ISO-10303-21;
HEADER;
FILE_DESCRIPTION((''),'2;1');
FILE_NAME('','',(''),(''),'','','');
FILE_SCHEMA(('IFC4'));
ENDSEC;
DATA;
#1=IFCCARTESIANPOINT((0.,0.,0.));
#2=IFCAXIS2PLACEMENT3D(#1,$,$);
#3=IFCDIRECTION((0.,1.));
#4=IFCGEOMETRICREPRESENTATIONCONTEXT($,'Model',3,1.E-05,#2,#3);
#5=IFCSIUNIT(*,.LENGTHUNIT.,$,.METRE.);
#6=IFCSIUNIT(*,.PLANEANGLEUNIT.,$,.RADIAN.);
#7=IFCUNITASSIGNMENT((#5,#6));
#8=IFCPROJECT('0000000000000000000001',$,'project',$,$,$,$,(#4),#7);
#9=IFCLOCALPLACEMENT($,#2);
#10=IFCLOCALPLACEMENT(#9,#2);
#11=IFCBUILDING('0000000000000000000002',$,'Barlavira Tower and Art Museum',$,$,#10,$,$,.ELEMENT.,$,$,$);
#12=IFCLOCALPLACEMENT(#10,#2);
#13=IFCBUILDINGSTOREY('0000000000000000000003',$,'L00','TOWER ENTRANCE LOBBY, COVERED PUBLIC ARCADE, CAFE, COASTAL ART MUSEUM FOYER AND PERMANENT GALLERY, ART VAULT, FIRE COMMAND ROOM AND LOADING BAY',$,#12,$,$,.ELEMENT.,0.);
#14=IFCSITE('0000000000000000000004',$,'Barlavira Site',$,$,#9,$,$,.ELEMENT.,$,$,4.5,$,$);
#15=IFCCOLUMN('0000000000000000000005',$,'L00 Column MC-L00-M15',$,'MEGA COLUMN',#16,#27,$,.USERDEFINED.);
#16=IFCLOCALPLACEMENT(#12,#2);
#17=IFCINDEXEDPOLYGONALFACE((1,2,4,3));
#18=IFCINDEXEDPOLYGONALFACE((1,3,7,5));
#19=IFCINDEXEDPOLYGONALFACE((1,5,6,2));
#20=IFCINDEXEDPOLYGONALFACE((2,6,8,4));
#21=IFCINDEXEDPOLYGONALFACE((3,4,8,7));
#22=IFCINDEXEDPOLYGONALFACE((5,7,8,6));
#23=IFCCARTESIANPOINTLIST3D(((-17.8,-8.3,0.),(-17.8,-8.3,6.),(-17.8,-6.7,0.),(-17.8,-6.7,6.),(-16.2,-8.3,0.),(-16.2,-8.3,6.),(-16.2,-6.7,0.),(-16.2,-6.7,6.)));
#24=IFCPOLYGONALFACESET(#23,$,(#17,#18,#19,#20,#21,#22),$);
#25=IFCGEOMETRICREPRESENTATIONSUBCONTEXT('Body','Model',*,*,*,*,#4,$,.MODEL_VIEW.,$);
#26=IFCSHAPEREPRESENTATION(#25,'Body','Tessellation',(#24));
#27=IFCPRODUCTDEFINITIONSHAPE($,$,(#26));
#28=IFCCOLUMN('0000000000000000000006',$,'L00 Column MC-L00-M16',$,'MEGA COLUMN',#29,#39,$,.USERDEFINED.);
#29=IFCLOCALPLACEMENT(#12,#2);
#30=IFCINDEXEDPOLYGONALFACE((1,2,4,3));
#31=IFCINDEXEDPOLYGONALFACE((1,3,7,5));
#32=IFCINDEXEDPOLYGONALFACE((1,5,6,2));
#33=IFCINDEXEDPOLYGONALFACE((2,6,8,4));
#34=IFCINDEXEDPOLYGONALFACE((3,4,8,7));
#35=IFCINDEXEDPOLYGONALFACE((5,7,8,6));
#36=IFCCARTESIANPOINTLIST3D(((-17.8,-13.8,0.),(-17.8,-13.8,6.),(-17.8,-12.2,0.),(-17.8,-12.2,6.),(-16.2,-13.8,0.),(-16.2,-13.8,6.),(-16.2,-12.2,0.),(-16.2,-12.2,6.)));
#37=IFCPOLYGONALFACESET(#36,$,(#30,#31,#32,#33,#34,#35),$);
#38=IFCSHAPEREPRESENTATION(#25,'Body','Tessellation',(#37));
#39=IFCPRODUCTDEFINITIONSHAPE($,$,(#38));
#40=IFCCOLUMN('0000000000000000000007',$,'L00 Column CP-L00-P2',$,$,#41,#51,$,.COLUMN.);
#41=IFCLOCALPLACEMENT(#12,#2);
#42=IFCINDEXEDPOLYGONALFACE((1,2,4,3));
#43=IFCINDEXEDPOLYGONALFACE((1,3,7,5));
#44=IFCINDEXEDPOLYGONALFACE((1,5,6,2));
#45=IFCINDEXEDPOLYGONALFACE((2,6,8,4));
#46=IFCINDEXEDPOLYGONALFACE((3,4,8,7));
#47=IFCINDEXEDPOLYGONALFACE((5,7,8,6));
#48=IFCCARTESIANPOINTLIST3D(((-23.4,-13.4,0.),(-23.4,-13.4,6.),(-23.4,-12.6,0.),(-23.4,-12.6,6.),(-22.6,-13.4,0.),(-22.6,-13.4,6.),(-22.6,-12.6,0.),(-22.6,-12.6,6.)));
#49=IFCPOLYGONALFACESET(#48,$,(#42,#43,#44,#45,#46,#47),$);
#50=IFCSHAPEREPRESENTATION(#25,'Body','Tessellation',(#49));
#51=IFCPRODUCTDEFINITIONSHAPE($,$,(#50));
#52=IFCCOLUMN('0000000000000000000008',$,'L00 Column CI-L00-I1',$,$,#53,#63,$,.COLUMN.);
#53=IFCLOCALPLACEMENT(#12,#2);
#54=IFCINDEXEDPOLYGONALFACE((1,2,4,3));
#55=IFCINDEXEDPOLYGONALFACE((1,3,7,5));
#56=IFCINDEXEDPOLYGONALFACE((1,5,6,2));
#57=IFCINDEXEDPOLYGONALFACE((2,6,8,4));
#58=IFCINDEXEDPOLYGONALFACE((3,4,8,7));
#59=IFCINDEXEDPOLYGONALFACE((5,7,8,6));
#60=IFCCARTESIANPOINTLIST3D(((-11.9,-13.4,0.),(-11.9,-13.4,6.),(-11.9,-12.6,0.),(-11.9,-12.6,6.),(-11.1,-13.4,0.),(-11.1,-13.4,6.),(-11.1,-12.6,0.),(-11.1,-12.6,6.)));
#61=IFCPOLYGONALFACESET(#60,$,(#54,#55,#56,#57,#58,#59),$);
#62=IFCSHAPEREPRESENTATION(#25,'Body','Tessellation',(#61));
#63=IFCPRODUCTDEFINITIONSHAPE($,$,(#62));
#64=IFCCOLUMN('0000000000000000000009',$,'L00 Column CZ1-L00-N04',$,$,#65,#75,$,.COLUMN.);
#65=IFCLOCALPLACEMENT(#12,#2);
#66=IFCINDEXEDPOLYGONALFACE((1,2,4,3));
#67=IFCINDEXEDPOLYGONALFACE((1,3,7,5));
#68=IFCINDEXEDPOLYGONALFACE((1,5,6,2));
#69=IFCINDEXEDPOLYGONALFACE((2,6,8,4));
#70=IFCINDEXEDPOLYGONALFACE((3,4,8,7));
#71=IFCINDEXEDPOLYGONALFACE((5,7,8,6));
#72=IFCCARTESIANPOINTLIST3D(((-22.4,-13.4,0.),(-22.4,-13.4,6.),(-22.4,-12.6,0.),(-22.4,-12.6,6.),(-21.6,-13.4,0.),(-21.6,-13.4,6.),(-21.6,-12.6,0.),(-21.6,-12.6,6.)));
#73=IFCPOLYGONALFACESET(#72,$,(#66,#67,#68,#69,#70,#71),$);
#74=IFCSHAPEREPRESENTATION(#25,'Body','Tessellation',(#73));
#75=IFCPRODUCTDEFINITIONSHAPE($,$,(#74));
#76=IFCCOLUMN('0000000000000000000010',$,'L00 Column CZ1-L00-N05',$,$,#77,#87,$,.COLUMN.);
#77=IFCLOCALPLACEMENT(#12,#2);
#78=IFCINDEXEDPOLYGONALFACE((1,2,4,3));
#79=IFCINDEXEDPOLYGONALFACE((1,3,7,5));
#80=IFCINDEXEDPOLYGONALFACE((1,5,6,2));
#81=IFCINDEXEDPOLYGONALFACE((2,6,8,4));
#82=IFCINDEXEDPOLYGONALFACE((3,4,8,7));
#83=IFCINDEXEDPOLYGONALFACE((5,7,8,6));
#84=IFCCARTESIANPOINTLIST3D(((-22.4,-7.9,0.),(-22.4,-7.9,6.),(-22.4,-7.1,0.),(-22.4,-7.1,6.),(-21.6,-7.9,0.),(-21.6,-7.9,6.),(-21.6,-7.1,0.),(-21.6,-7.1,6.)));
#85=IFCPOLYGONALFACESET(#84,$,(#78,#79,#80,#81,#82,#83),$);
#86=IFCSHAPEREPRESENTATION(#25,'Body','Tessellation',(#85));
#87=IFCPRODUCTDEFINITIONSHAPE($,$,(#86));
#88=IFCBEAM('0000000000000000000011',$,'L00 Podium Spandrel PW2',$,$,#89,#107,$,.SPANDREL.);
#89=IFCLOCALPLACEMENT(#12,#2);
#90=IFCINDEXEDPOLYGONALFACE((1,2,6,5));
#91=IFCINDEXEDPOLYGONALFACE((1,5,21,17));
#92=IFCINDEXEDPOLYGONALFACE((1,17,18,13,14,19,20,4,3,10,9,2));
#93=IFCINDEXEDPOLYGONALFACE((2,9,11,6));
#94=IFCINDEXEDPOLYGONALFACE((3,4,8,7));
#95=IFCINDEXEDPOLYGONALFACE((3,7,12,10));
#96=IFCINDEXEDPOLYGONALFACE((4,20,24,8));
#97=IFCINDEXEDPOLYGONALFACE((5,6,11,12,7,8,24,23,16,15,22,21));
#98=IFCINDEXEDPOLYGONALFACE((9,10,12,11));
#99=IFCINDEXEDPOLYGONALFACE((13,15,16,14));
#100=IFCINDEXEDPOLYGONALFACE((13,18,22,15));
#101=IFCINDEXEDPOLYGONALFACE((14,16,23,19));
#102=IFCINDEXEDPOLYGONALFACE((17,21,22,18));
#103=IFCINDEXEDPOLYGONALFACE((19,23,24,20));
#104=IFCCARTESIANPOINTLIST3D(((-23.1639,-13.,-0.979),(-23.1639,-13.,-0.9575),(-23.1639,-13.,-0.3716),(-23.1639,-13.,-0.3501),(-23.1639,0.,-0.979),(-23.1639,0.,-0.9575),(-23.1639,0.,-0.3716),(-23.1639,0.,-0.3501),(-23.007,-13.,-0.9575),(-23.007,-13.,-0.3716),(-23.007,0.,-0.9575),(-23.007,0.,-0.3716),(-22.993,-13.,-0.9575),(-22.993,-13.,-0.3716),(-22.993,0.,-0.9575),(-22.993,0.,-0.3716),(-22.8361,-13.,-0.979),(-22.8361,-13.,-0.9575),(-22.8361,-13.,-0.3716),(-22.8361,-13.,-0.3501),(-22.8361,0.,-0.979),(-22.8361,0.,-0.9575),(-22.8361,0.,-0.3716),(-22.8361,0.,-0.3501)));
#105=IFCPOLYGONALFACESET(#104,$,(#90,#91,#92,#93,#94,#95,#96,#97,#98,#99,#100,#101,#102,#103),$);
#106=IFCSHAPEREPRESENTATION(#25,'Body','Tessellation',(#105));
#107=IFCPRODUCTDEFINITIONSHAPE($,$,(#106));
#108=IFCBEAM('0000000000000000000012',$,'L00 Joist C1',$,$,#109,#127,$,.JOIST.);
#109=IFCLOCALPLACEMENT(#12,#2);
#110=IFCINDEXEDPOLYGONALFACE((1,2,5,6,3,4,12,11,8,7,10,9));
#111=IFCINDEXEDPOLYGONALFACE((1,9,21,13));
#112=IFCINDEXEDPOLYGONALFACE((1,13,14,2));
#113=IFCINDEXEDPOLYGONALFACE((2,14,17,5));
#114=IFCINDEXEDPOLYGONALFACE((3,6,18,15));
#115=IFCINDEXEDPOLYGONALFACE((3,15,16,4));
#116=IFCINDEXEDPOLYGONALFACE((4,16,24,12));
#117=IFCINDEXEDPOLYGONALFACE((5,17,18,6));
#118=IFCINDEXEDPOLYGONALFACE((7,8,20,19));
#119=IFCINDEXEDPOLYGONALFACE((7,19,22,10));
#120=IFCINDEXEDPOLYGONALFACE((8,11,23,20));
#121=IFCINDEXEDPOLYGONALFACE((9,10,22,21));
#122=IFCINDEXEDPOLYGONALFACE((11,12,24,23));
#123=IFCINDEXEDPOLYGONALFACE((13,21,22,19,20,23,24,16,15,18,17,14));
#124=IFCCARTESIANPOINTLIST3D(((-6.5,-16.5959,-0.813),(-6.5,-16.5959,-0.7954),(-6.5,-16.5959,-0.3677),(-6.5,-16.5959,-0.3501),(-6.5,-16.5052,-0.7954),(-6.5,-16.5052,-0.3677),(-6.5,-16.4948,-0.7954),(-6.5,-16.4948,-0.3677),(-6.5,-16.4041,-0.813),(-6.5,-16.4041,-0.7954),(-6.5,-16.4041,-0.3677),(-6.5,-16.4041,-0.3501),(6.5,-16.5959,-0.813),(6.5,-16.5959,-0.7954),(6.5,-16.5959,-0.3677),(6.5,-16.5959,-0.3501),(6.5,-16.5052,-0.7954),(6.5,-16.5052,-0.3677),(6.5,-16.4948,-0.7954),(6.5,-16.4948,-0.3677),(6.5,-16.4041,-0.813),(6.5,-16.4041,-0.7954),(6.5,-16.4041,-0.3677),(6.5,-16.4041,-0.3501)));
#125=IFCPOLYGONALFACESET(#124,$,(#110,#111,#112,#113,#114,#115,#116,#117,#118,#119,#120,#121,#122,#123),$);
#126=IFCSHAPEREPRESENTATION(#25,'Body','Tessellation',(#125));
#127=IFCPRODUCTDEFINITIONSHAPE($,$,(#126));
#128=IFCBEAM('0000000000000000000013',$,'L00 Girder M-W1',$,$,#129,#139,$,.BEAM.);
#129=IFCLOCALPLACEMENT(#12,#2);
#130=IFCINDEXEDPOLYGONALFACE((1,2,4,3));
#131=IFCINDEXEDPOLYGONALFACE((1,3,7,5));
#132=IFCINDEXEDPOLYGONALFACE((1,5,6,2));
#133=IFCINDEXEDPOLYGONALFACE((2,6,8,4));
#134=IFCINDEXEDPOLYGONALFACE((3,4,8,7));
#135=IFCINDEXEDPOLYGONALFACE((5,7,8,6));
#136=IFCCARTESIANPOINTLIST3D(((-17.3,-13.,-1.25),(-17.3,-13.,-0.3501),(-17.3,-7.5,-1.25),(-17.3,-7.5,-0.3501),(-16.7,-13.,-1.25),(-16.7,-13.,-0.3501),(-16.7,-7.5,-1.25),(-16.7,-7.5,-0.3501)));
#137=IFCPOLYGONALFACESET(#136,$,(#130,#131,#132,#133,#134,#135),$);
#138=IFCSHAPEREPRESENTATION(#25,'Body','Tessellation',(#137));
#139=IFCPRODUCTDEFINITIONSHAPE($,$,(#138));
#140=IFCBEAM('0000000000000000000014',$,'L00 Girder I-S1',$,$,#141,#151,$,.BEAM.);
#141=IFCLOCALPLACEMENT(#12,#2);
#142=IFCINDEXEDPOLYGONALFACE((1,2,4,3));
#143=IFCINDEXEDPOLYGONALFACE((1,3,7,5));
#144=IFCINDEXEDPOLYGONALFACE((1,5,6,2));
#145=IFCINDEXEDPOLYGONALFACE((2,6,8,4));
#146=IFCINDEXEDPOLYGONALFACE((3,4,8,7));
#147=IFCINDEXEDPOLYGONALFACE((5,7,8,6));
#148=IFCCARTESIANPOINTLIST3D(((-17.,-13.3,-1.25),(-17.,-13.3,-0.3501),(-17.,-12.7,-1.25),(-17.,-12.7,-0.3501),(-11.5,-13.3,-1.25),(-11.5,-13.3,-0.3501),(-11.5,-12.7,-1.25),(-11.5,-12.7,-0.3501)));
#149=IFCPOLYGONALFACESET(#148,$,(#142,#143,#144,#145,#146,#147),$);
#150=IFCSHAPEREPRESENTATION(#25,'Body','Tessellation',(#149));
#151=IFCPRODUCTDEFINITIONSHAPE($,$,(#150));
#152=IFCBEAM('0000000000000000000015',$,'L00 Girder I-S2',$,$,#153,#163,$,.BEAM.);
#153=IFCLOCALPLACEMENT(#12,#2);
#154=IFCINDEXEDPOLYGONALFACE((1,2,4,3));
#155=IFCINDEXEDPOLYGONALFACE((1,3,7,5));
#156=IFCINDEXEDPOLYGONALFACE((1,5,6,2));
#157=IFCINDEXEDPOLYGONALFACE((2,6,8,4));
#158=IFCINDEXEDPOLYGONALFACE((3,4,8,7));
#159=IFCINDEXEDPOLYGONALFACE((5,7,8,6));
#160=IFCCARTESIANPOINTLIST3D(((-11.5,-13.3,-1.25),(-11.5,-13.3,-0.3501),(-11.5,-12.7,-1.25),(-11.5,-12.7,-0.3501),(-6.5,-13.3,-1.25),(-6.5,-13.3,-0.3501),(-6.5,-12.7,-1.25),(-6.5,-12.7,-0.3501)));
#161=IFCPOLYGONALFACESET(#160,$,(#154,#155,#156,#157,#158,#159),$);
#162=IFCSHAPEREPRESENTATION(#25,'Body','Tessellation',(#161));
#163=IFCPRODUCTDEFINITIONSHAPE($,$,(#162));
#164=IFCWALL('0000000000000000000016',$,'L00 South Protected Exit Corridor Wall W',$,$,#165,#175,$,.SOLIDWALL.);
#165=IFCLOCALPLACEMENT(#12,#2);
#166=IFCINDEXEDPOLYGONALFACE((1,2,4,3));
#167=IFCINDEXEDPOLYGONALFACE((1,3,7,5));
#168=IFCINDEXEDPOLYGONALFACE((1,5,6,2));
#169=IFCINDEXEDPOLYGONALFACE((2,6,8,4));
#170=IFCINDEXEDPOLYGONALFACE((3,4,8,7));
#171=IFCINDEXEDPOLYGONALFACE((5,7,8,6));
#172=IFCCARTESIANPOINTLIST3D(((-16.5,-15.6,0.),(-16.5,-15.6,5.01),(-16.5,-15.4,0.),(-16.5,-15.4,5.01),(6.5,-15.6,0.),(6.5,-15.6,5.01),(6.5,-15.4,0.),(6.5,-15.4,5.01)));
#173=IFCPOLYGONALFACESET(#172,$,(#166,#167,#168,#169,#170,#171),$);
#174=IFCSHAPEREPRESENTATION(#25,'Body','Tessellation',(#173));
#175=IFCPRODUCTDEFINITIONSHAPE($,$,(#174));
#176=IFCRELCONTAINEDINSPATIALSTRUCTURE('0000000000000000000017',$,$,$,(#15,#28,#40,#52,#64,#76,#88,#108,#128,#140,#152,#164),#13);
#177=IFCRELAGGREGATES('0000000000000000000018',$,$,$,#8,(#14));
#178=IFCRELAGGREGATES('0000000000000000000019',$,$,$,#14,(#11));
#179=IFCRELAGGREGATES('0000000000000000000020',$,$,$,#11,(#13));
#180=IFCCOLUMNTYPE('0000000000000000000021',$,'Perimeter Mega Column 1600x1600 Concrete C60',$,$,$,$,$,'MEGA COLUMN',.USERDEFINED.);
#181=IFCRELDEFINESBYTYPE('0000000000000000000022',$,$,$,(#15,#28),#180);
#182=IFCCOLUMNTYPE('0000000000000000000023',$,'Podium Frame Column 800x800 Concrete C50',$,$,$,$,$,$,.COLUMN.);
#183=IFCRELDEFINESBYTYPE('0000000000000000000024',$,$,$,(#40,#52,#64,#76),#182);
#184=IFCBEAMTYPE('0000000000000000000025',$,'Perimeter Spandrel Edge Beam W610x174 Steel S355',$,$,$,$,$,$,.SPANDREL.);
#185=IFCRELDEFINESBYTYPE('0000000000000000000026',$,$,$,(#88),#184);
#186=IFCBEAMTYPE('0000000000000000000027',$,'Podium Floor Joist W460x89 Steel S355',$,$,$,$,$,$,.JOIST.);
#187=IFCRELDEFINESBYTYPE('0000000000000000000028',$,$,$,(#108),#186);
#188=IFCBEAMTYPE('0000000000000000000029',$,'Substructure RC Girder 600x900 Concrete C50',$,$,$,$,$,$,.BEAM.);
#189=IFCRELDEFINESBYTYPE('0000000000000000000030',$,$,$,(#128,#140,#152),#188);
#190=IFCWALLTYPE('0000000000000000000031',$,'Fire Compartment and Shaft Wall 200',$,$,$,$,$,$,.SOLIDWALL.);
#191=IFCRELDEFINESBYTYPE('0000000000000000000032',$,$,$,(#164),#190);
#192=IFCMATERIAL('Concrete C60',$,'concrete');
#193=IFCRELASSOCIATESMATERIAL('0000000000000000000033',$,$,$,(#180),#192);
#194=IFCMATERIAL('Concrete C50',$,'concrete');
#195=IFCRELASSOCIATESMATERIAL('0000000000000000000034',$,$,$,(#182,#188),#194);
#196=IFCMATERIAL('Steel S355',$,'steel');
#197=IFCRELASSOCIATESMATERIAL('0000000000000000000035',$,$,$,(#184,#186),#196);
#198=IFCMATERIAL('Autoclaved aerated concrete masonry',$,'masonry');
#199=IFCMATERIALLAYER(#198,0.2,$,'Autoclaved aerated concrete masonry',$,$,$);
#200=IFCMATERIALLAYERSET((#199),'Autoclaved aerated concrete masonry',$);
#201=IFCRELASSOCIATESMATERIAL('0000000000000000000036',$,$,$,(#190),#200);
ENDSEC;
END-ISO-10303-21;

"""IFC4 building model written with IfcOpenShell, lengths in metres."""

from ifc_helpers import new_model, si_unit, direction, frame, frame_2d, origin, origin_2d, place, context, subcontext, project, spatial, rectangle, i_section, extrude, material, layer, layer_set, material_profile, profile_set, type_object, element, save


model = new_model("IFC4")

# Units and contexts
model_context = context("Model", 3, precision=1e-05, world=origin(), true_north=direction((0.0, 1.0)))
body_context = subcontext(model_context, "Body", "Model", "MODEL_VIEW")
ifc_project = project(units=[si_unit("LENGTHUNIT", "METRE"), si_unit("PLANEANGLEUNIT", "RADIAN")], contexts=[model_context])

# Site, building, storey
site_placement = place(None, origin())
site = spatial("IfcSite", under=ifc_project, at=site_placement, Name="Barlavira Site", CompositionType="ELEMENT", RefElevation=4.5)
building_placement = place(site_placement, origin())
building = spatial("IfcBuilding", under=site, at=building_placement, Name="Barlavira Tower and Art Museum", CompositionType="ELEMENT")
storey_placement = place(building_placement, origin())
storey = spatial("IfcBuildingStorey", under=building, at=storey_placement, Name="L00", Description="TOWER ENTRANCE LOBBY, COVERED PUBLIC ARCADE, CAFE, COASTAL ART MUSEUM FOYER AND PERMANENT GALLERY, ART VAULT, FIRE COMMAND ROOM AND LOADING BAY", CompositionType="ELEMENT", Elevation=0.0)

# Columns
ifc_material_1 = material(Name="Concrete C60", Category="concrete")
ifc_material_profile_1 = material_profile(ifc_material_1, rectangle(XDim=1.6001, YDim=1.6001, at=origin_2d()), Name="RC-MCOL 1600x1600")
ifc_profile_set_1 = profile_set([ifc_material_profile_1], Name="Concrete C60")
column_type_1 = type_object("IfcColumnType", Name="Perimeter Mega Column 1600x1600 Concrete C60", ElementType="MEGA COLUMN", PredefinedType="USERDEFINED", material=ifc_profile_set_1)
for number, where, z_axis, x_axis, name in (
    (1, (-17.0, -7.5, 0.0), (0.0, 0.0, 1.0), (1.0, 0.0, 0.0), "L00 Column MC-L00-M15"),
    (2, (-17.0, -13.0, 0.0), (0.0, 0.0, 1.0), (1.0, 0.0, 0.0), "L00 Column MC-L00-M16"),
):
    element("IfcColumn", number, at=place(storey_placement, frame(where, z_axis=z_axis, x_axis=x_axis)), inside=storey, type_object=column_type_1, Name=name, ObjectType="MEGA COLUMN", PredefinedType="USERDEFINED", context=body_context, shape_type="SweptSolid", body=[
        extrude(rectangle(XDim=1.6001, YDim=1.6001, at=origin_2d()), origin(), (0.0, 0.0, 1.0), 6.0),
    ])
ifc_material_2 = material(Name="Concrete C50", Category="concrete")
ifc_material_profile_2 = material_profile(ifc_material_2, rectangle(XDim=0.8, YDim=0.8, at=origin_2d()), Name="RC-COL 800x800")
ifc_profile_set_2 = profile_set([ifc_material_profile_2], Name="Concrete C50")
column_type_2 = type_object("IfcColumnType", Name="Podium Frame Column 800x800 Concrete C50", PredefinedType="COLUMN", material=ifc_profile_set_2)
for number, where, z_axis, x_axis, name in (
    (3, (-23.0, -13.0, 0.0), (0.0, 0.0, 1.0), (1.0, 0.0, 0.0), "L00 Column CP-L00-P2"),
    (4, (-11.5, -13.0, 0.0), (0.0, 0.0, 1.0), (1.0, 0.0, 0.0), "L00 Column CI-L00-I1"),
    (5, (-22.0, -13.0, 0.0), (0.0, 0.0, 1.0), (1.0, 0.0, 0.0), "L00 Column CZ1-L00-N04"),
    (6, (-22.0, -7.5, 0.0), (0.0, 0.0, 1.0), (1.0, 0.0, 0.0), "L00 Column CZ1-L00-N05"),
):
    element("IfcColumn", number, at=place(storey_placement, frame(where, z_axis=z_axis, x_axis=x_axis)), inside=storey, type_object=column_type_2, Name=name, PredefinedType="COLUMN", context=body_context, shape_type="SweptSolid", body=[
        extrude(rectangle(XDim=0.8, YDim=0.8, at=origin_2d()), origin(), (0.0, 0.0, 1.0), 6.0),
    ])

# Beams
ifc_material_3 = material(Name="Steel S355", Category="steel")
ifc_material_profile_3 = material_profile(ifc_material_3, i_section(OverallWidth=0.3279, OverallDepth=0.6289, WebThickness=0.0139, FlangeThickness=0.0215, at=origin_2d()), Name="W610x174.0")
ifc_profile_set_3 = profile_set([ifc_material_profile_3], Name="Steel S355")
beam_type_1 = type_object("IfcBeamType", Name="Perimeter Spandrel Edge Beam W610x174 Steel S355", PredefinedType="SPANDREL", material=ifc_profile_set_3)
beam_1_placement = place(storey_placement, frame((-23.0, -13.0, -0.6646), z_axis=(0.0, 1.0, 0.0), x_axis=(-1.0, 0.0, 0.0)))
element("IfcBeam", 7, at=beam_1_placement, inside=storey, type_object=beam_type_1, Name="L00 Podium Spandrel PW2", PredefinedType="SPANDREL", context=body_context, shape_type="SweptSolid", body=[
    extrude(i_section(OverallWidth=0.3279, OverallDepth=0.6289, WebThickness=0.0139, FlangeThickness=0.0215, at=origin_2d()), origin(), (0.0, 0.0, 1.0), 13.0),
])
ifc_material_profile_4 = material_profile(ifc_material_3, i_section(OverallWidth=0.1919, OverallDepth=0.4629, WebThickness=0.0105, FlangeThickness=0.0176, at=origin_2d()), Name="W460x89.0")
ifc_profile_set_4 = profile_set([ifc_material_profile_4], Name="Steel S355")
beam_type_2 = type_object("IfcBeamType", Name="Podium Floor Joist W460x89 Steel S355", PredefinedType="JOIST", material=ifc_profile_set_4)
beam_2_placement = place(storey_placement, frame((-6.5, -16.5, -0.5815), z_axis=(1.0, 0.0, 0.0), x_axis=(0.0, 1.0, 0.0)))
element("IfcBeam", 8, at=beam_2_placement, inside=storey, type_object=beam_type_2, Name="L00 Joist C1", PredefinedType="JOIST", context=body_context, shape_type="SweptSolid", body=[
    extrude(i_section(OverallWidth=0.1919, OverallDepth=0.4629, WebThickness=0.0105, FlangeThickness=0.0176, at=origin_2d()), origin(), (0.0, 0.0, 1.0), 13.0),
])
ifc_material_profile_5 = material_profile(ifc_material_2, rectangle(XDim=0.6001, YDim=0.8999, at=origin_2d()), Name="RC-BM 600x900")
ifc_profile_set_5 = profile_set([ifc_material_profile_5], Name="Concrete C50")
beam_type_3 = type_object("IfcBeamType", Name="Substructure RC Girder 600x900 Concrete C50", PredefinedType="BEAM", material=ifc_profile_set_5)
for number, where, z_axis, x_axis, name in (
    (9, (-17.0, -13.0, -0.8), (0.0, 1.0, 0.0), (-1.0, 0.0, 0.0), "L00 Girder M-W1"),
    (10, (-17.0, -13.0, -0.8), (1.0, 0.0, 0.0), (0.0, 1.0, 0.0), "L00 Girder I-S1"),
):
    element("IfcBeam", number, at=place(storey_placement, frame(where, z_axis=z_axis, x_axis=x_axis)), inside=storey, type_object=beam_type_3, Name=name, PredefinedType="BEAM", context=body_context, shape_type="SweptSolid", body=[
        extrude(rectangle(XDim=0.6001, YDim=0.8999, at=origin_2d()), origin(), (0.0, 0.0, 1.0), 5.5),
    ])
beam_3_placement = place(storey_placement, frame((-11.5, -13.0, -0.8), z_axis=(1.0, 0.0, 0.0), x_axis=(0.0, 1.0, 0.0)))
element("IfcBeam", 11, at=beam_3_placement, inside=storey, type_object=beam_type_3, Name="L00 Girder I-S2", PredefinedType="BEAM", context=body_context, shape_type="SweptSolid", body=[
    extrude(rectangle(XDim=0.6001, YDim=0.8999, at=origin_2d()), origin(), (0.0, 0.0, 1.0), 5.0),
])

# Wall
ifc_material_4 = material(Name="Autoclaved aerated concrete masonry", Category="masonry")
ifc_layer = layer(ifc_material_4, 0.2, Name="Autoclaved aerated concrete masonry")
ifc_layer_set = layer_set([ifc_layer], Name="Autoclaved aerated concrete masonry")
wall_type = type_object("IfcWallType", Name="Fire Compartment and Shaft Wall 200", PredefinedType="SOLIDWALL", material=ifc_layer_set)
wall_1_placement = place(storey_placement, frame((-16.5, -15.5, 0.0), z_axis=(0.0, 0.0, 1.0), x_axis=(1.0, 0.0, 0.0)))
element("IfcWall", 12, at=wall_1_placement, inside=storey, type_object=wall_type, Name="L00 South Protected Exit Corridor Wall W", PredefinedType="SOLIDWALL", context=body_context, shape_type="SweptSolid", body=[
    extrude(rectangle(XDim=23.0, YDim=0.2, at=frame_2d((11.5, 0.0))), origin(), (0.0, 0.0, 1.0), 5.01),
])

save(model, "model.ifc")
